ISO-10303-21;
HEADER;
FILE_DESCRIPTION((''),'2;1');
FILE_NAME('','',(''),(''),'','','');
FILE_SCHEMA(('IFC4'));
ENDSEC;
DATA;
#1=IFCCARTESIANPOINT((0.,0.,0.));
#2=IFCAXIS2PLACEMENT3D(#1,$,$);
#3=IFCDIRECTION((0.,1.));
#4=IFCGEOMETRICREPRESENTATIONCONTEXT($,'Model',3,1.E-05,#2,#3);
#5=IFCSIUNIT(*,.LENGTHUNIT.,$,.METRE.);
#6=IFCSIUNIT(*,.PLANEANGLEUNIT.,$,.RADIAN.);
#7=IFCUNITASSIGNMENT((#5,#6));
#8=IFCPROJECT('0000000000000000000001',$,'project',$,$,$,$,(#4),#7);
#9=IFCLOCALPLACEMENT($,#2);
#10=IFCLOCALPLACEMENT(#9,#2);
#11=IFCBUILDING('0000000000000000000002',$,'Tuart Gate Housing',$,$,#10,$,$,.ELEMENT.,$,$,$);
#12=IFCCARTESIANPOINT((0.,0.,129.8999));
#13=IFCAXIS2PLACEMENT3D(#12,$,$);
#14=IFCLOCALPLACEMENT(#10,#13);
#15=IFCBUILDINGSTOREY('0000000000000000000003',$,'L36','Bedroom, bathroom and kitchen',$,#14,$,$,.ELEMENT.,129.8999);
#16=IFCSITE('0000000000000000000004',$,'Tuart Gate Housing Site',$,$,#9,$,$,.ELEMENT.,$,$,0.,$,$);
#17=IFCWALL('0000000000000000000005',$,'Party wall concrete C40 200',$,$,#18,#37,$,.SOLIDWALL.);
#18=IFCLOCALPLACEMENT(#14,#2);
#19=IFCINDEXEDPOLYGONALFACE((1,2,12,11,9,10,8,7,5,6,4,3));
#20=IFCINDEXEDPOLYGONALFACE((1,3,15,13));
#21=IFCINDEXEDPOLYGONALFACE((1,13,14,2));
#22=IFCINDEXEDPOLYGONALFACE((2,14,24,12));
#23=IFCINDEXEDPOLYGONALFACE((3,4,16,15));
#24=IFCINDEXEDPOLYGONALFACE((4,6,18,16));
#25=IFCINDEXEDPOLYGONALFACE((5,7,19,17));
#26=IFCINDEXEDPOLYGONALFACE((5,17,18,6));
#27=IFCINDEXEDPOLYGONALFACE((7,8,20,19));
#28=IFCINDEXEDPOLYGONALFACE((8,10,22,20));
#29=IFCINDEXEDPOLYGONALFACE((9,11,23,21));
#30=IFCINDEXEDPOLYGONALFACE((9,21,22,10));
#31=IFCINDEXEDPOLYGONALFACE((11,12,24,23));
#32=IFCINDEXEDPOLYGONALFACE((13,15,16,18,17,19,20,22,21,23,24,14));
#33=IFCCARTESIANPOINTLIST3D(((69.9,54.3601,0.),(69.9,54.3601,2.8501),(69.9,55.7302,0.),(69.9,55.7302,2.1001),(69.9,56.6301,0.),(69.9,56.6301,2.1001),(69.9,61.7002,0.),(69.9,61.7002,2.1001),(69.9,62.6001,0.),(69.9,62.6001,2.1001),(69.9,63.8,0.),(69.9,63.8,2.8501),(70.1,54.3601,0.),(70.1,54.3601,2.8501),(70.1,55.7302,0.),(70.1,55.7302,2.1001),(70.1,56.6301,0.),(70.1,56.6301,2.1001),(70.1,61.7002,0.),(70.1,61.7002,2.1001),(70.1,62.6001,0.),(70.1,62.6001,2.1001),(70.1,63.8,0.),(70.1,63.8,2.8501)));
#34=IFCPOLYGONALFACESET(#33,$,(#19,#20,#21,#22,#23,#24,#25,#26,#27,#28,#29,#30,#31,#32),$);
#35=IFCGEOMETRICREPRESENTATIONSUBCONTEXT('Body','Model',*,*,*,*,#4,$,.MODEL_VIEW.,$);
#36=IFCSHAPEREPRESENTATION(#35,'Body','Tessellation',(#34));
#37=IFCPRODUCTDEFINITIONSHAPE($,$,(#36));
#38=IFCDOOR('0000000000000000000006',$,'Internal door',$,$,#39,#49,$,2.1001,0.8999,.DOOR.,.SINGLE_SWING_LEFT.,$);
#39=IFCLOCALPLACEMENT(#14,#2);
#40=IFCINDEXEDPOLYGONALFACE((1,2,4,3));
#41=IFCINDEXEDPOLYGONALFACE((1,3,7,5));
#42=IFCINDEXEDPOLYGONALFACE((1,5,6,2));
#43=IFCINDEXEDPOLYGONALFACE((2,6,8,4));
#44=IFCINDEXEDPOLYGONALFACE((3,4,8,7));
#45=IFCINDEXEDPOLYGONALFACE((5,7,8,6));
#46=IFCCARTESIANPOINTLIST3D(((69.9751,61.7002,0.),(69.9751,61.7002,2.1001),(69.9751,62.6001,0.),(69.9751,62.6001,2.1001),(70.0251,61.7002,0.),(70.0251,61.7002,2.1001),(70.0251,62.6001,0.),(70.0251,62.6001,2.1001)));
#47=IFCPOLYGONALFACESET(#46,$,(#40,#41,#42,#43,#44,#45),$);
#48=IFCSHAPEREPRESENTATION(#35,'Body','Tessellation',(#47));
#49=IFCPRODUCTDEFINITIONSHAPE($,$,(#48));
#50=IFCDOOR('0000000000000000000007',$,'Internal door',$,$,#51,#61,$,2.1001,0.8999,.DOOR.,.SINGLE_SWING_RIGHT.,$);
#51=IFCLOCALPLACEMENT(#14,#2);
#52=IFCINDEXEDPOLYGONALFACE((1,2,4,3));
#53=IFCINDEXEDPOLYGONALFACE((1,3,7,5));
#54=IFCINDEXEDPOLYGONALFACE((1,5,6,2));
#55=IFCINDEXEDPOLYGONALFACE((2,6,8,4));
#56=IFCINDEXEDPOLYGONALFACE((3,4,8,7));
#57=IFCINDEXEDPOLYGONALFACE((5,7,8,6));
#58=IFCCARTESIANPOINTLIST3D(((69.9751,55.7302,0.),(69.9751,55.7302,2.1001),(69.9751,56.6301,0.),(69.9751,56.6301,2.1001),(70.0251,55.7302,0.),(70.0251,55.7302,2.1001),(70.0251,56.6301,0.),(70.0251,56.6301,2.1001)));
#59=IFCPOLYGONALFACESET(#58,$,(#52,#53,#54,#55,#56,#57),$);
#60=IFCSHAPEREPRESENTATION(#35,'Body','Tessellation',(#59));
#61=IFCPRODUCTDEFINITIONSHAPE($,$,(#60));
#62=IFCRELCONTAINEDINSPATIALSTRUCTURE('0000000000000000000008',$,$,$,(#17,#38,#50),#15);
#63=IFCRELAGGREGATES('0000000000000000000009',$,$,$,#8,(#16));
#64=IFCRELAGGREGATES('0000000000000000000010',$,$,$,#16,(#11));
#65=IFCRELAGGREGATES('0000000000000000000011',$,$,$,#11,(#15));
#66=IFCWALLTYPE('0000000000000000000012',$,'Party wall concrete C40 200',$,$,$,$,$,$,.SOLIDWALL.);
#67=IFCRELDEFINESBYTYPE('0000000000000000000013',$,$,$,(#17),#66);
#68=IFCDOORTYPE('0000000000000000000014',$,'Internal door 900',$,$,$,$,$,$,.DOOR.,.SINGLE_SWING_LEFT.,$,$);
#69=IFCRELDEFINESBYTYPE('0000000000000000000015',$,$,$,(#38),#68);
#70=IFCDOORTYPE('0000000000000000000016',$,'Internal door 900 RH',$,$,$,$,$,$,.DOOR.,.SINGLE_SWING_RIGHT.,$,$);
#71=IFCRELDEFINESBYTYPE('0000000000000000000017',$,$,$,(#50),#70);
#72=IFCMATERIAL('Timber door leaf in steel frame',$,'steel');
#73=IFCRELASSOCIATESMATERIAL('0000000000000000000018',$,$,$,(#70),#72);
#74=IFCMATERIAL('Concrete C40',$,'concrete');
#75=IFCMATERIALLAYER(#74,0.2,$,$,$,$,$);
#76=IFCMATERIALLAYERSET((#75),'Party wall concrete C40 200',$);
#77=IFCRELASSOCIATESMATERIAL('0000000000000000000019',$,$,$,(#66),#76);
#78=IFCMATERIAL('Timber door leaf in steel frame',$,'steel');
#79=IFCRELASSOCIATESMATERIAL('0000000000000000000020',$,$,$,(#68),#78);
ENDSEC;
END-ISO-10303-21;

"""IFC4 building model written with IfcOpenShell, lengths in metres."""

from ifc_helpers import new_model, si_unit, direction, frame, frame_2d, origin, place, context, subcontext, project, spatial, rectangle, extrude, material, layer, layer_set, type_object, element, fill, save


model = new_model("IFC4")

# Units and contexts
model_context = context("Model", 3, precision=1e-05, world=origin(), true_north=direction((0.0, 1.0)))
body_context = subcontext(model_context, "Body", "Model", "MODEL_VIEW")
ifc_project = project(units=[si_unit("LENGTHUNIT", "METRE"), si_unit("PLANEANGLEUNIT", "RADIAN")], contexts=[model_context])

# Site, building, storey
site_placement = place(None, origin())
site = spatial("IfcSite", under=ifc_project, at=site_placement, Name="Tuart Gate Housing Site", CompositionType="ELEMENT", RefElevation=0.0)
building_placement = place(site_placement, origin())
building = spatial("IfcBuilding", under=site, at=building_placement, Name="Tuart Gate Housing", CompositionType="ELEMENT")
storey_placement = place(building_placement, frame((0.0, 0.0, 129.8999)))
storey = spatial("IfcBuildingStorey", under=building, at=storey_placement, Name="L36", Description="Bedroom, bathroom and kitchen", CompositionType="ELEMENT", Elevation=129.8999)

# Shared definitions
ifc_material_1 = material(Name="Timber door leaf in steel frame", Category="steel")
door_type_1 = type_object("IfcDoorType", Name="Internal door 900 RH", OperationType="SINGLE_SWING_RIGHT", PredefinedType="DOOR", material=ifc_material_1)

# Shared definitions
ifc_material_2 = material(Name="Concrete C40", Category="concrete")
ifc_layer_1 = layer(ifc_material_2, 0.2)
ifc_layer_set_1 = layer_set([ifc_layer_1], Name="Party wall concrete C40 200")
wall_type_1 = type_object("IfcWallType", Name="Party wall concrete C40 200", PredefinedType="SOLIDWALL", material=ifc_layer_set_1)

# Wall, openings, doors
wall_1_placement = place(storey_placement, frame((70.0, 54.3601, 0.0), z_axis=(0.0, 0.0, 1.0), x_axis=(0.0, 1.0, 0.0)))
wall_1 = element("IfcWall", 1, at=wall_1_placement, inside=storey, type_object=wall_type_1, Name="Party wall concrete C40 200", PredefinedType="SOLIDWALL", context=body_context, shape_type="SweptSolid", body=[
    extrude(rectangle(XDim=9.4399, YDim=0.2, at=frame_2d((4.72, 0.0))), origin(), (0.0, 0.0, 1.0), 2.8501),
])
opening_1_placement = place(wall_1_placement, frame((1.3701, 0.0, 0.0)))
opening_1 = element("IfcOpeningElement", 2, at=opening_1_placement, cuts=wall_1, PredefinedType="OPENING", context=body_context, shape_type="SweptSolid", body=[
    extrude(rectangle(XDim=0.8999, YDim=2.1001, at=frame_2d((0.45, 1.05))), frame((0.0, 0.1099, 0.0), z_axis=(0.0, -1.0, 0.0), x_axis=(1.0, 0.0, 0.0)), (0.0, 0.0, 1.0), 0.22),
])
opening_2_placement = place(wall_1_placement, frame((7.3401, 0.0, 0.0)))
opening_2 = element("IfcOpeningElement", 3, at=opening_2_placement, cuts=wall_1, PredefinedType="OPENING", context=body_context, shape_type="SweptSolid", body=[
    extrude(rectangle(XDim=0.8999, YDim=2.1001, at=frame_2d((0.45, 1.05))), frame((0.0, 0.1099, 0.0), z_axis=(0.0, -1.0, 0.0), x_axis=(1.0, 0.0, 0.0)), (0.0, 0.0, 1.0), 0.22),
])
ifc_material_3 = material(Name="Timber door leaf in steel frame", Category="steel")
door_type_2 = type_object("IfcDoorType", Name="Internal door 900", OperationType="SINGLE_SWING_LEFT", PredefinedType="DOOR", material=ifc_material_3)
door_1_placement = place(opening_2_placement, frame((0.8999, 0.0, 0.0), z_axis=(0.0, 0.0, 1.0), x_axis=(-1.0, 0.0, 0.0)))
door_1 = element("IfcDoor", 4, at=door_1_placement, inside=storey, type_object=door_type_2, Name="Internal door", OperationType="SINGLE_SWING_LEFT", OverallHeight=2.1001, OverallWidth=0.8999, PredefinedType="DOOR", context=body_context, shape_type="SweptSolid", body=[
    extrude(rectangle(XDim=0.8999, YDim=2.1001, at=frame_2d((0.45, 1.05))), frame((0.0, 0.0251, 0.0), z_axis=(0.0, -1.0, 0.0), x_axis=(1.0, 0.0, 0.0)), (0.0, 0.0, 1.0), 0.05),
])
fill(opening_2, door_1)
door_2_placement = place(opening_1_placement, frame((0.8999, 0.0, 0.0), z_axis=(0.0, 0.0, 1.0), x_axis=(-1.0, 0.0, 0.0)))
door_2 = element("IfcDoor", 5, at=door_2_placement, inside=storey, type_object=door_type_1, Name="Internal door", OperationType="SINGLE_SWING_RIGHT", OverallHeight=2.1001, OverallWidth=0.8999, PredefinedType="DOOR", context=body_context, shape_type="SweptSolid", body=[
    extrude(rectangle(XDim=0.8999, YDim=2.1001, at=frame_2d((0.45, 1.05))), frame((0.0, 0.0251, 0.0), z_axis=(0.0, -1.0, 0.0), x_axis=(1.0, 0.0, 0.0)), (0.0, 0.0, 1.0), 0.05),
])
fill(opening_1, door_2)

save(model, "model.ifc")
